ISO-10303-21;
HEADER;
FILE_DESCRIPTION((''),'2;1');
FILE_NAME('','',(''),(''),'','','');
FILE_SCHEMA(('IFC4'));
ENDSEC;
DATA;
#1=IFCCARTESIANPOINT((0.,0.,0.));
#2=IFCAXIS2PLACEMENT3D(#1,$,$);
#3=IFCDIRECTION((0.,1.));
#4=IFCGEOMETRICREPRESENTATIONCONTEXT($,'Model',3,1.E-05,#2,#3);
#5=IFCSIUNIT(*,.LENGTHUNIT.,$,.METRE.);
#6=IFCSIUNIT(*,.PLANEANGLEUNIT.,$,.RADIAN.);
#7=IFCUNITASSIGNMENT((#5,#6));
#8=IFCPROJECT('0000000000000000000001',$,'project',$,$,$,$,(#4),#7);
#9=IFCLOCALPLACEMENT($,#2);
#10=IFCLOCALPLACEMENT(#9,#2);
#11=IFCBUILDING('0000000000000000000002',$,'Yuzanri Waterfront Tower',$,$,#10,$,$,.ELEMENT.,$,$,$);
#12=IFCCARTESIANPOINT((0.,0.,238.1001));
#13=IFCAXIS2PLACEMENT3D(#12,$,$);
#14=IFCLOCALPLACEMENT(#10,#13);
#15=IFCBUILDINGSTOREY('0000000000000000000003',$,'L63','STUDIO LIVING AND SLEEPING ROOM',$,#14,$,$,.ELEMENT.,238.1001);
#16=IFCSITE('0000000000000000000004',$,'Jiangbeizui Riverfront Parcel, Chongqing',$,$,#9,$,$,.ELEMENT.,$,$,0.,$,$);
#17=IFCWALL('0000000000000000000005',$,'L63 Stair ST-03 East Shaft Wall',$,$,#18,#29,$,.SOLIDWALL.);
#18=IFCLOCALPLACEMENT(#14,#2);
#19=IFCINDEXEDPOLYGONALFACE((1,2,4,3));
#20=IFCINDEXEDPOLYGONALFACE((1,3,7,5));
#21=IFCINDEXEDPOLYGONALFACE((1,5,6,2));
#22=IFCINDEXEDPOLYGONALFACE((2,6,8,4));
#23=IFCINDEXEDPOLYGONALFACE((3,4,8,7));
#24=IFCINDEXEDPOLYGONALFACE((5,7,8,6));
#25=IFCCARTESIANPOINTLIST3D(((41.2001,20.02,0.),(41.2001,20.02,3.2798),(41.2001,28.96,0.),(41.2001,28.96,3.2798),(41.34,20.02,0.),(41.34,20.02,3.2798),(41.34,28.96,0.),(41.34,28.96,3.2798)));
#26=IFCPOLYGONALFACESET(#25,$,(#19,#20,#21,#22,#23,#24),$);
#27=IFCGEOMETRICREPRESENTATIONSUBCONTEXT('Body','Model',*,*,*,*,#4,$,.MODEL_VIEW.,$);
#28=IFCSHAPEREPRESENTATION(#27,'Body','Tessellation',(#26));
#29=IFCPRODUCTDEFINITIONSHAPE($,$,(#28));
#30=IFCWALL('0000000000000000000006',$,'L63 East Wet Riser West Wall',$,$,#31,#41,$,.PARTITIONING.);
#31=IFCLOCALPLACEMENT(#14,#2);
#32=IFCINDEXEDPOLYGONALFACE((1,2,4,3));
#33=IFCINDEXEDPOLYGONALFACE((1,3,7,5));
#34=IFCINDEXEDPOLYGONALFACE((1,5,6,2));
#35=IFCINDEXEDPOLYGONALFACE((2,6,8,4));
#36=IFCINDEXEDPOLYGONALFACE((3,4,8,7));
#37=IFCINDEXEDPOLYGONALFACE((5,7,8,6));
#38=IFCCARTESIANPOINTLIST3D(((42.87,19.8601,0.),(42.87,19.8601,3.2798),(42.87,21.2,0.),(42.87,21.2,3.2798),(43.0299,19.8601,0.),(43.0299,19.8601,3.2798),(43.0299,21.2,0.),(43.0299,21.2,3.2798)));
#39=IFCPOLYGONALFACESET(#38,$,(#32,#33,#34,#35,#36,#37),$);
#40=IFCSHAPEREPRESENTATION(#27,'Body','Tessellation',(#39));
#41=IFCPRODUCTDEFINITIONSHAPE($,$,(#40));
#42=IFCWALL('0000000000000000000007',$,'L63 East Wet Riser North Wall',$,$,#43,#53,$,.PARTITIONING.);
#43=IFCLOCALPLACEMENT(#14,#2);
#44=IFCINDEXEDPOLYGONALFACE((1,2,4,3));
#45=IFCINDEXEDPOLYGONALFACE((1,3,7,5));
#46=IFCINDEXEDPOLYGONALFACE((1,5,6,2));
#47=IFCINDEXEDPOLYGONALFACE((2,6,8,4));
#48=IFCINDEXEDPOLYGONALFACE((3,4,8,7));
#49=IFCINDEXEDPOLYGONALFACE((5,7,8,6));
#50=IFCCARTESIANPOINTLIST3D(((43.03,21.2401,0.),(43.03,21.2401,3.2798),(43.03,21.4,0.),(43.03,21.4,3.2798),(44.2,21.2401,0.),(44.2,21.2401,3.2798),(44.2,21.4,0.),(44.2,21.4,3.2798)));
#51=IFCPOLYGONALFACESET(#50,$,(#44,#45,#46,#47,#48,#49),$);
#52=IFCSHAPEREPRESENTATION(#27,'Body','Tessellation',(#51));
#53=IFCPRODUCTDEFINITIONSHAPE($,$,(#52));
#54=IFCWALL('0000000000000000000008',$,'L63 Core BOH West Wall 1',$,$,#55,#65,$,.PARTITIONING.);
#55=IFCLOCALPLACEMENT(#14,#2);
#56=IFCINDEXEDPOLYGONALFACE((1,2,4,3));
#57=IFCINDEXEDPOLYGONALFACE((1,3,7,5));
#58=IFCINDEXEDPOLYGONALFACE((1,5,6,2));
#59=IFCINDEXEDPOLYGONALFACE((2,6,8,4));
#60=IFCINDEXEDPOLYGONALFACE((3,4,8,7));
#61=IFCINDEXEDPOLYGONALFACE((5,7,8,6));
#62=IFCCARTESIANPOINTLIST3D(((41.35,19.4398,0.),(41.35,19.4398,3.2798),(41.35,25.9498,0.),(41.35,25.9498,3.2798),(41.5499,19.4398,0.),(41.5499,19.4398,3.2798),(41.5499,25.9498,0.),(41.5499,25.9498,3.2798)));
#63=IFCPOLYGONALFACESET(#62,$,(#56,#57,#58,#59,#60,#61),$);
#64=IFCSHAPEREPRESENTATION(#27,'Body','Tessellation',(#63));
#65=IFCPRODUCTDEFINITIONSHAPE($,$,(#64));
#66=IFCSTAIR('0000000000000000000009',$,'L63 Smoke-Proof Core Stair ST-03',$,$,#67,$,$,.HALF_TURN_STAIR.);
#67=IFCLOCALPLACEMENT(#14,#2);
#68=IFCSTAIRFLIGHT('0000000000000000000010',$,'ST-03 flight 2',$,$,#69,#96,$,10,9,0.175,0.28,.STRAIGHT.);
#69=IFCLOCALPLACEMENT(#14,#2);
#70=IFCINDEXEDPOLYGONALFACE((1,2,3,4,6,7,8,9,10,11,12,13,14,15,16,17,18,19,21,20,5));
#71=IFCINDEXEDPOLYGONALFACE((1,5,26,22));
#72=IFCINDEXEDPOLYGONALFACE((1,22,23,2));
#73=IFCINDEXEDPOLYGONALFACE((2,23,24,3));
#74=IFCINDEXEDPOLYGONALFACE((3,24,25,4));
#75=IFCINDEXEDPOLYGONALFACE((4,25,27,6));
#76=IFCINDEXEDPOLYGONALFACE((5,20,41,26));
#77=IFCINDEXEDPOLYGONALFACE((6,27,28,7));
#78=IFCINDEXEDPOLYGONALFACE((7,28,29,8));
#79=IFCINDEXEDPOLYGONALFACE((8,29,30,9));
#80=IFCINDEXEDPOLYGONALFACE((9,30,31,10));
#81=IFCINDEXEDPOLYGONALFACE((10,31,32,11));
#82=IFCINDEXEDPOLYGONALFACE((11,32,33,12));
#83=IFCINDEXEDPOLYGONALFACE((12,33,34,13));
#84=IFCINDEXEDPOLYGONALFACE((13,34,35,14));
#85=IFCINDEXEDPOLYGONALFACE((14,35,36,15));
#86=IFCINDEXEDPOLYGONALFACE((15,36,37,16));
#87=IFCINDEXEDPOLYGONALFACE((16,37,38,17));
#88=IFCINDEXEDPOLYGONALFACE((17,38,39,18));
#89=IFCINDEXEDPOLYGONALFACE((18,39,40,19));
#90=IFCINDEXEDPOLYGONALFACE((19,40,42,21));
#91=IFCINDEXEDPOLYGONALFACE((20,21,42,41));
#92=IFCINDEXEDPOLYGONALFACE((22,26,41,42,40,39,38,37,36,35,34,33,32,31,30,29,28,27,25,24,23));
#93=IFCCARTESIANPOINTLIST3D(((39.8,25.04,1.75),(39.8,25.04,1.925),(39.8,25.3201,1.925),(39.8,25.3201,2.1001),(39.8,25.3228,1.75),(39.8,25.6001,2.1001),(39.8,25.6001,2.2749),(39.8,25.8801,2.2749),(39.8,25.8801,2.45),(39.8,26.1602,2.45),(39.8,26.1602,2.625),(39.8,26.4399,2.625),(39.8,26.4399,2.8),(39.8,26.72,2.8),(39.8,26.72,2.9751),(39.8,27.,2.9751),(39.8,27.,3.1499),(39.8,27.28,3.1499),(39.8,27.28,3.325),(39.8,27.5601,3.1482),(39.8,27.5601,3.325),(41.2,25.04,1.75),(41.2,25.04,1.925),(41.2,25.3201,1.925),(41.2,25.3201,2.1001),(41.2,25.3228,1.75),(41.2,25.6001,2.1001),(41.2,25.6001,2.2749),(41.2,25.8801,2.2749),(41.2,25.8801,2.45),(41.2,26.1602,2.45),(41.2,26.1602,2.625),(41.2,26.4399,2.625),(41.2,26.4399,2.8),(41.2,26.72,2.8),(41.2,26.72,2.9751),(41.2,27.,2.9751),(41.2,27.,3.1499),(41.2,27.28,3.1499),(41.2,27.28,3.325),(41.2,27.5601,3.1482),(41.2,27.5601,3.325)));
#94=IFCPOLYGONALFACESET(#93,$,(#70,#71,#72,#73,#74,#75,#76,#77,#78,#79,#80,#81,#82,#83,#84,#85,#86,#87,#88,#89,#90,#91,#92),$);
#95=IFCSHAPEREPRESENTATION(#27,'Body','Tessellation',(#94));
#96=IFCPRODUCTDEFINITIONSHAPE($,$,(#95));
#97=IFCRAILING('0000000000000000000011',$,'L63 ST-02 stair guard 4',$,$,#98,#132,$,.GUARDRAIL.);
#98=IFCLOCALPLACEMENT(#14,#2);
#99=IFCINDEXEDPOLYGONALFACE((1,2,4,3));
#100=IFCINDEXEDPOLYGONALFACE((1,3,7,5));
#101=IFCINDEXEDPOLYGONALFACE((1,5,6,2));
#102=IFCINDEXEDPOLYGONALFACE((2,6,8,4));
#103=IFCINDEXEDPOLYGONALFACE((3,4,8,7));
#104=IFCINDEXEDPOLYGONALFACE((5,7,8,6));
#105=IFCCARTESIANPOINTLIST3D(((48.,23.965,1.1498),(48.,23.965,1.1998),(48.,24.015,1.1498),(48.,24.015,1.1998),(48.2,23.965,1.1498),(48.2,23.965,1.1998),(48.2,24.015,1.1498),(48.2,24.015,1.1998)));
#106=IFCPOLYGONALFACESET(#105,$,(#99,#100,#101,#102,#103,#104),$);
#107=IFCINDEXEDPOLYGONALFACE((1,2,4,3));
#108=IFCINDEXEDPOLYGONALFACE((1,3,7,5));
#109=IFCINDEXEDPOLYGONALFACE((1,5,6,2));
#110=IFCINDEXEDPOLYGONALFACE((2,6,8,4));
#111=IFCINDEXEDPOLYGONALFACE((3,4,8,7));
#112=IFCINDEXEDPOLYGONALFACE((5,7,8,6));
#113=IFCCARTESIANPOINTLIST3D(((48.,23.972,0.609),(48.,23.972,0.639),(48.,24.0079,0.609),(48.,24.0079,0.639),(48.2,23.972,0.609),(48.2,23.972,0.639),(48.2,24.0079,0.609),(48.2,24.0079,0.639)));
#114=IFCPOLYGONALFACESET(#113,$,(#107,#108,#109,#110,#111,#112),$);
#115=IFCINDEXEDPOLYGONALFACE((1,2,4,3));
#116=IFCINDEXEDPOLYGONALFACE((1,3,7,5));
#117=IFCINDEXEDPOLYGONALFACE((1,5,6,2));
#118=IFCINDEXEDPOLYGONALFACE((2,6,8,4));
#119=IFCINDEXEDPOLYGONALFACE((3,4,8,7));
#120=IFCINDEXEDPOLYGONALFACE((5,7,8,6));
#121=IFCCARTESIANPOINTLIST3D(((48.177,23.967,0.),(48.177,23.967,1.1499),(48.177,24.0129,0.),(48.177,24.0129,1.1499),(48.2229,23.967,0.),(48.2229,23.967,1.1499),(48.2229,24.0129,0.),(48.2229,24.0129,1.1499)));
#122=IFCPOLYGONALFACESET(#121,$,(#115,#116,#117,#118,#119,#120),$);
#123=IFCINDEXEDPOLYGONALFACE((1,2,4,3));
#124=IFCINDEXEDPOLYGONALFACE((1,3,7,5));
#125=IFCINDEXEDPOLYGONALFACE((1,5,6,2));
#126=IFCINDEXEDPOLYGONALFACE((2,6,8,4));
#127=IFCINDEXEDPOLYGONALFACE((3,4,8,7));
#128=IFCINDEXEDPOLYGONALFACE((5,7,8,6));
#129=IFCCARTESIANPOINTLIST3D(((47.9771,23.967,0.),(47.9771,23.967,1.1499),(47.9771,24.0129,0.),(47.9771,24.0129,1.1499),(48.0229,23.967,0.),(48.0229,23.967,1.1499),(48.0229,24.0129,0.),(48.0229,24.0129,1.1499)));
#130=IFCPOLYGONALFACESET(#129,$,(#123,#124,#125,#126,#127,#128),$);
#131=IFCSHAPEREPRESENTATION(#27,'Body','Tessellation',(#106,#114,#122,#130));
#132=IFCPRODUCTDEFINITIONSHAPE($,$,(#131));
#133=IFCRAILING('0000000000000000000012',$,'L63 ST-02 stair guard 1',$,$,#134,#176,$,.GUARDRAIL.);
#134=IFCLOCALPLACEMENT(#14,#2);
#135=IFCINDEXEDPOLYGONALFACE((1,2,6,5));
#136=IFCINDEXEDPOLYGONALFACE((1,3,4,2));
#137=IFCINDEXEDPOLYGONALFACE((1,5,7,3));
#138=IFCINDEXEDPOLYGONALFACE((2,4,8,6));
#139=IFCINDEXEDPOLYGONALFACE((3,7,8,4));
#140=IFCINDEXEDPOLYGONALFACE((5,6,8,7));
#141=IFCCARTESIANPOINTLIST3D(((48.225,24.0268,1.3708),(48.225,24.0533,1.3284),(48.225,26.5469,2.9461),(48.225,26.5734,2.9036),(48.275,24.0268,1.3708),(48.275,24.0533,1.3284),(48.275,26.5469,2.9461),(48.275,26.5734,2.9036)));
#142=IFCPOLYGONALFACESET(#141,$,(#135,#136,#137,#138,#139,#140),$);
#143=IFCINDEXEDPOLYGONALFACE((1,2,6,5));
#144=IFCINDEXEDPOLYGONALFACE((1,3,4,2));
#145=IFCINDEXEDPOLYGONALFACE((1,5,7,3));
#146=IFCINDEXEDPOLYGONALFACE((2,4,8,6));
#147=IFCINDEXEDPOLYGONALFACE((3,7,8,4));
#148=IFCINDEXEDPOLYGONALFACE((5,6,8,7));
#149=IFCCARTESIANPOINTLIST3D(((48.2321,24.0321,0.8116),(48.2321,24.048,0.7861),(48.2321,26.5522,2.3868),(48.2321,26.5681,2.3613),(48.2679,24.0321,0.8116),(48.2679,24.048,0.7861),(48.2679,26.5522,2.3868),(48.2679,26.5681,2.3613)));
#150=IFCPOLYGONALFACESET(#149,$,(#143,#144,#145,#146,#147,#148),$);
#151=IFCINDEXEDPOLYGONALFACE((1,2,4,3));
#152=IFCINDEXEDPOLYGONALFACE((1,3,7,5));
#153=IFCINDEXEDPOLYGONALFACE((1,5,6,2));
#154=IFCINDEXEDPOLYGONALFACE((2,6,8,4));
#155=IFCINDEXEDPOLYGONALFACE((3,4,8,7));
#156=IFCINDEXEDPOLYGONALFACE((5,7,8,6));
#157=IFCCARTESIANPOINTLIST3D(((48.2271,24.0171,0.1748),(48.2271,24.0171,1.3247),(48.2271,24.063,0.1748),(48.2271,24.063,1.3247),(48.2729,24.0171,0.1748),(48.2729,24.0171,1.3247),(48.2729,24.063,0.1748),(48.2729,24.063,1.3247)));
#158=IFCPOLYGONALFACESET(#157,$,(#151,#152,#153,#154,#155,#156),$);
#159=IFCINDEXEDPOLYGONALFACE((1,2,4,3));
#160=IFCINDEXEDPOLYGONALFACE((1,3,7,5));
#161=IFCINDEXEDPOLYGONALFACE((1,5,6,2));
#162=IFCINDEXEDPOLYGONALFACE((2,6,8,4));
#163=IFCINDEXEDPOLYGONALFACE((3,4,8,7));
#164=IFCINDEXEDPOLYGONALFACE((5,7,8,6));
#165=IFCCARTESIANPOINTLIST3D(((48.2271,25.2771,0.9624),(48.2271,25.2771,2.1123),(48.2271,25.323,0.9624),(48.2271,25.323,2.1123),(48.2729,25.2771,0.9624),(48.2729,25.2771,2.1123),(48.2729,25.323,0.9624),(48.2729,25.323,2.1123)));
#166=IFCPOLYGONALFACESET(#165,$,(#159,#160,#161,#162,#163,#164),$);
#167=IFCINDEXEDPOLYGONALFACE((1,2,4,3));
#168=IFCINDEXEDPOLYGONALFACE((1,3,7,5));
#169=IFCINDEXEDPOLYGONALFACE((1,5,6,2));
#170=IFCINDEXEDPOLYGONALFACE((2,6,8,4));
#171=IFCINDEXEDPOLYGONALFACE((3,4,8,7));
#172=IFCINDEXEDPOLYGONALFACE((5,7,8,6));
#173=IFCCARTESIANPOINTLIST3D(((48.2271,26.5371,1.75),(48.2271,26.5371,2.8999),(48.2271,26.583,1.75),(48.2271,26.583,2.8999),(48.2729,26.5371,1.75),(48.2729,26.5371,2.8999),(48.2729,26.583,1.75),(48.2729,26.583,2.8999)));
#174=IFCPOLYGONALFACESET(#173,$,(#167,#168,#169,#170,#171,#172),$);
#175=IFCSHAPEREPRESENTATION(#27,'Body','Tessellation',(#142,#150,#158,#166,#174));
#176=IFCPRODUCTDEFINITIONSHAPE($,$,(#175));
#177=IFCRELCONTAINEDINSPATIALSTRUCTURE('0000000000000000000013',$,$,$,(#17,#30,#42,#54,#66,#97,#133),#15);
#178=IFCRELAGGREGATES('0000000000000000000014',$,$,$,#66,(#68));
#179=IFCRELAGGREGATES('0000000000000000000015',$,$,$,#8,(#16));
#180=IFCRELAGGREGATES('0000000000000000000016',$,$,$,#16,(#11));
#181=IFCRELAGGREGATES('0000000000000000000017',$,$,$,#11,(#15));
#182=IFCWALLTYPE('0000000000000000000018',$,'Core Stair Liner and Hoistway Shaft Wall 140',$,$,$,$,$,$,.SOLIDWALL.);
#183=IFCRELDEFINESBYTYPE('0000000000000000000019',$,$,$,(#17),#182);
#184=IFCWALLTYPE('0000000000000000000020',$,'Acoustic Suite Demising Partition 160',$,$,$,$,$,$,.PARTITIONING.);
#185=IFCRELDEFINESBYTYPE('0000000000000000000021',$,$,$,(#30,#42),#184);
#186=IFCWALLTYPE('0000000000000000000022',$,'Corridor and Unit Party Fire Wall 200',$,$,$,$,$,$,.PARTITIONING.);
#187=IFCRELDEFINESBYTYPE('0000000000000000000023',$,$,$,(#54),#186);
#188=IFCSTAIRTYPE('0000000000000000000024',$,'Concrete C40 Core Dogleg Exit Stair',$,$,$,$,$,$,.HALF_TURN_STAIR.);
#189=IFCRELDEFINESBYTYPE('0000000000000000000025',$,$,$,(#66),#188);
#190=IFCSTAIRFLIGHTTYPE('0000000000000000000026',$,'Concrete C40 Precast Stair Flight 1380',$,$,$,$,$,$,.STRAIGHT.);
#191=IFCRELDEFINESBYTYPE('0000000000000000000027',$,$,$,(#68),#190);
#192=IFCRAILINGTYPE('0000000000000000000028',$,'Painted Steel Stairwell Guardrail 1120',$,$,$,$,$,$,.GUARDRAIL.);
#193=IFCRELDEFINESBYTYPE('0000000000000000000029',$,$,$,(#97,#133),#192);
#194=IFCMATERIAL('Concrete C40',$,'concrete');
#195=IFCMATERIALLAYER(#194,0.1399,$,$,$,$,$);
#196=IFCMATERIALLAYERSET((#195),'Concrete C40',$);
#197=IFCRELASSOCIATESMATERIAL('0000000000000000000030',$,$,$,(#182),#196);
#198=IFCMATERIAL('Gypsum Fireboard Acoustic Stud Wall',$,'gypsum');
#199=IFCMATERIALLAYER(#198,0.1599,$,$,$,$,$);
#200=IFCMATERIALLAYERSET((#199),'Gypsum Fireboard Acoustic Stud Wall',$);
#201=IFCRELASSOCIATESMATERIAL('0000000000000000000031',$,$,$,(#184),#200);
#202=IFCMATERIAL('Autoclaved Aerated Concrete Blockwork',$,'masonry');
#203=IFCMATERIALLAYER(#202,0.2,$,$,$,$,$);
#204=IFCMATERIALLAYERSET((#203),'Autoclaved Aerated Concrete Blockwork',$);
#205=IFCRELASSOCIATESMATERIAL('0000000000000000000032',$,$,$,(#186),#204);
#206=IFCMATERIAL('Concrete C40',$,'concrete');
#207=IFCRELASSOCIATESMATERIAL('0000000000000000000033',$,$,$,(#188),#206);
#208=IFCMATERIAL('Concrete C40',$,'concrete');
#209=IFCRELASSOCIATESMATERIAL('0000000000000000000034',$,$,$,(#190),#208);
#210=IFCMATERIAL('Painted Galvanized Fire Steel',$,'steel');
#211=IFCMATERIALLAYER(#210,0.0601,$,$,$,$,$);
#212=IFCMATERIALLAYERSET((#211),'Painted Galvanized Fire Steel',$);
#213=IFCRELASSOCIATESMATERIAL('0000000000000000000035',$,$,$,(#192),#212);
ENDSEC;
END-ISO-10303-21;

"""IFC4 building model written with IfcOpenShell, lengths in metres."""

from ifc_helpers import new_model, si_unit, direction, frame, frame_2d, origin, origin_2d, place, context, subcontext, project, spatial, polyline, rectangle, outline, extrude, source, transform, mapped, material, layer, layer_set, type_object, element, aggregate, save


model = new_model("IFC4")

# Units and contexts
model_context = context("Model", 3, precision=1e-05, world=origin(), true_north=direction((0.0, 1.0)))
body_context = subcontext(model_context, "Body", "Model", "MODEL_VIEW")
ifc_project = project(units=[si_unit("LENGTHUNIT", "METRE"), si_unit("PLANEANGLEUNIT", "RADIAN")], contexts=[model_context])

# Site, building, storey
site_placement = place(None, origin())
site = spatial("IfcSite", under=ifc_project, at=site_placement, Name="Jiangbeizui Riverfront Parcel, Chongqing", CompositionType="ELEMENT", RefElevation=0.0)
building_placement = place(site_placement, origin())
building = spatial("IfcBuilding", under=site, at=building_placement, Name="Yuzanri Waterfront Tower", CompositionType="ELEMENT")
storey_placement = place(building_placement, frame((0.0, 0.0, 238.1001)))
storey = spatial("IfcBuildingStorey", under=building, at=storey_placement, Name="L63", Description="STUDIO LIVING AND SLEEPING ROOM", CompositionType="ELEMENT", Elevation=238.1001)

# Shared definitions
ifc_material_1 = material(Name="Concrete C40", Category="concrete")
ifc_layer_1 = layer(ifc_material_1, 0.1399)
ifc_layer_set_1 = layer_set([ifc_layer_1], Name="Concrete C40")
wall_type_1 = type_object("IfcWallType", Name="Core Stair Liner and Hoistway Shaft Wall 140", PredefinedType="SOLIDWALL", material=ifc_layer_set_1)

# Walls
shared_shape_1 = source(origin(), body_context, "Body", "SweptSolid", [
    extrude(rectangle(XDim=8.9399, YDim=0.1399, at=frame_2d((4.47, 0.0))), origin(), (0.0, 0.0, 1.0), 3.2798),
])
wall_1_placement = place(storey_placement, frame((41.27, 20.02, 0.0), z_axis=(0.0, 0.0, 1.0), x_axis=(0.0, 1.0, 0.0)))
element("IfcWall", 1, at=wall_1_placement, inside=storey, type_object=wall_type_1, Name="L63 Stair ST-03 East Shaft Wall", PredefinedType="SOLIDWALL", context=body_context, shape_type="MappedRepresentation", body=[
    mapped(shared_shape_1, transform((0.0, 0.0, 0.0), scale=1.0)),
])
ifc_material_2 = material(Name="Gypsum Fireboard Acoustic Stud Wall", Category="gypsum")
ifc_layer_2 = layer(ifc_material_2, 0.1599)
ifc_layer_set_2 = layer_set([ifc_layer_2], Name="Gypsum Fireboard Acoustic Stud Wall")
wall_type_2 = type_object("IfcWallType", Name="Acoustic Suite Demising Partition 160", PredefinedType="PARTITIONING", material=ifc_layer_set_2)
shared_shape_2 = source(origin(), body_context, "Body", "SweptSolid", [
    extrude(rectangle(XDim=1.3398, YDim=0.1599, at=frame_2d((0.6699, 0.0))), origin(), (0.0, 0.0, 1.0), 3.2798),
])
wall_2_placement = place(storey_placement, frame((42.95, 19.8601, 0.0), z_axis=(0.0, 0.0, 1.0), x_axis=(0.0, 1.0, 0.0)))
element("IfcWall", 2, at=wall_2_placement, inside=storey, type_object=wall_type_2, Name="L63 East Wet Riser West Wall", PredefinedType="PARTITIONING", context=body_context, shape_type="MappedRepresentation", body=[
    mapped(shared_shape_2, transform((0.0, 0.0, 0.0), scale=1.0)),
])
shared_shape_3 = source(origin(), body_context, "Body", "SweptSolid", [
    extrude(rectangle(XDim=1.1699, YDim=0.1599, at=frame_2d((0.585, 0.0))), origin(), (0.0, 0.0, 1.0), 3.2798),
])
wall_3_placement = place(storey_placement, frame((43.03, 21.3201, 0.0), z_axis=(0.0, 0.0, 1.0), x_axis=(1.0, 0.0, 0.0)))
element("IfcWall", 3, at=wall_3_placement, inside=storey, type_object=wall_type_2, Name="L63 East Wet Riser North Wall", PredefinedType="PARTITIONING", context=body_context, shape_type="MappedRepresentation", body=[
    mapped(shared_shape_3, transform((0.0, 0.0, 0.0), scale=1.0)),
])
ifc_material_3 = material(Name="Autoclaved Aerated Concrete Blockwork", Category="masonry")
ifc_layer_3 = layer(ifc_material_3, 0.2)
ifc_layer_set_3 = layer_set([ifc_layer_3], Name="Autoclaved Aerated Concrete Blockwork")
wall_type_3 = type_object("IfcWallType", Name="Corridor and Unit Party Fire Wall 200", PredefinedType="PARTITIONING", material=ifc_layer_set_3)
shared_shape_4 = source(origin(), body_context, "Body", "SweptSolid", [
    extrude(rectangle(XDim=6.51, YDim=0.2, at=frame_2d((3.2549, 0.0))), origin(), (0.0, 0.0, 1.0), 3.2798),
])
wall_4_placement = place(storey_placement, frame((41.45, 19.4399, 0.0), z_axis=(0.0, 0.0, 1.0), x_axis=(0.0, 1.0, 0.0)))
element("IfcWall", 4, at=wall_4_placement, inside=storey, type_object=wall_type_3, Name="L63 Core BOH West Wall 1", PredefinedType="PARTITIONING", context=body_context, shape_type="MappedRepresentation", body=[
    mapped(shared_shape_4, transform((0.0, 0.0, 0.0), scale=1.0)),
])

# Stair, stair flight
ifc_material_4 = material(Name="Concrete C40", Category="concrete")
stair_type = type_object("IfcStairType", Name="Concrete C40 Core Dogleg Exit Stair", PredefinedType="HALF_TURN_STAIR", material=ifc_material_4)
stair_placement = place(storey_placement, origin())
stair = element("IfcStair", 5, at=stair_placement, inside=storey, type_object=stair_type, Name="L63 Smoke-Proof Core Stair ST-03", PredefinedType="HALF_TURN_STAIR")
ifc_material_5 = material(Name="Concrete C40", Category="concrete")
stair_flight_type = type_object("IfcStairFlightType", Name="Concrete C40 Precast Stair Flight 1380", PredefinedType="STRAIGHT", material=ifc_material_5)
shared_shape_5 = source(origin(), body_context, "Body", "SweptSolid", [
    extrude(outline(polyline([(0.0, 0.0), (0.0, 0.175), (0.28, 0.175), (0.28, 0.3501), (0.5601, 0.3501), (0.5601, 0.5249), (0.8401, 0.5249), (0.8401, 0.7), (1.1201, 0.7), (1.1201, 0.875), (1.3999, 0.875), (1.3999, 1.05), (1.6799, 1.05), (1.6799, 1.2251), (1.96, 1.2251), (1.96, 1.3999), (2.24, 1.3999), (2.24, 1.575), (2.52, 1.575), (2.52, 1.75), (2.52, 1.3982), (0.2827, 0.0), (0.0, 0.0)])), frame((0.0, 0.7, 0.0), z_axis=(0.0, -1.0, 0.0), x_axis=(1.0, 0.0, 0.0)), (0.0, 0.0, 1.0), 1.3999),
])
stair_flight_placement = place(storey_placement, frame((40.5, 25.04, 1.75), z_axis=(0.0, 0.0, 1.0), x_axis=(0.0, 1.0, 0.0)))
stair_flight = element("IfcStairFlight", 6, at=stair_flight_placement, type_object=stair_flight_type, Name="ST-03 flight 2", NumberOfRisers=10, NumberOfTreads=9, PredefinedType="STRAIGHT", RiserHeight=0.175, TreadLength=0.28, context=body_context, shape_type="MappedRepresentation", body=[
    mapped(shared_shape_5, transform((0.0, 0.0, 0.0), scale=1.0)),
])
aggregate(stair, [stair_flight])

# Railings
ifc_material_6 = material(Name="Painted Galvanized Fire Steel", Category="steel")
ifc_layer_4 = layer(ifc_material_6, 0.0601)
ifc_layer_set_4 = layer_set([ifc_layer_4], Name="Painted Galvanized Fire Steel")
railing_type_1 = type_object("IfcRailingType", Name="Painted Steel Stairwell Guardrail 1120", PredefinedType="GUARDRAIL", material=ifc_layer_set_4)
shared_shape_6 = source(origin(), body_context, "Body", "SweptSolid", [
    extrude(rectangle(XDim=0.05, YDim=0.05, at=origin_2d()), frame((0.0, 0.0, 1.1748), z_axis=(-1.0, 0.0, 0.0), x_axis=(0.0, -1.0, 0.0)), (0.0, 0.0, 1.0), 0.2),
    extrude(rectangle(XDim=0.0359, YDim=0.03, at=origin_2d()), frame((0.0, 0.0, 0.624), z_axis=(-1.0, 0.0, 0.0), x_axis=(0.0, -1.0, 0.0)), (0.0, 0.0, 1.0), 0.2),
    extrude(rectangle(XDim=0.0459, YDim=0.0459, at=origin_2d()), origin(), (0.0, 0.0, 1.0), 1.1499),
    extrude(rectangle(XDim=0.0459, YDim=0.0459, at=origin_2d()), frame((-0.2, 0.0, 0.0)), (0.0, 0.0, 1.0), 1.1499),
])
railing_1_placement = place(storey_placement, frame((48.2, 23.99, 0.0)))
element("IfcRailing", 7, at=railing_1_placement, inside=storey, type_object=railing_type_1, Name="L63 ST-02 stair guard 4", PredefinedType="GUARDRAIL", context=body_context, shape_type="MappedRepresentation", body=[
    mapped(shared_shape_6, transform((0.0, 0.0, 0.0), scale=1.0)),
])
shared_shape_7 = source(origin(), body_context, "Body", "SweptSolid", [
    extrude(rectangle(XDim=0.05, YDim=0.05, at=origin_2d()), frame((0.0, 0.0, 1.1748), z_axis=(0.0, 0.847971, 0.530043), x_axis=(-1.0, 0.0, 0.0)), (0.0, 0.0, 1.0), 2.9719),
    extrude(rectangle(XDim=0.0359, YDim=0.03, at=origin_2d()), frame((0.0, 0.0, 0.624), z_axis=(0.0, 0.847971, 0.530043), x_axis=(-1.0, 0.0, 0.0)), (0.0, 0.0, 1.0), 2.9719),
    extrude(rectangle(XDim=0.0459, YDim=0.0459, at=origin_2d()), origin(), (0.0, 0.0, 1.0), 1.1499),
    extrude(rectangle(XDim=0.0459, YDim=0.0459, at=origin_2d()), frame((0.0, 1.26, 0.7876)), (0.0, 0.0, 1.0), 1.1499),
    extrude(rectangle(XDim=0.0459, YDim=0.0459, at=origin_2d()), frame((0.0, 2.52, 1.5752)), (0.0, 0.0, 1.0), 1.1499),
])
for number, where, name in (
    (8, (48.25, 24.04, 0.1748), "L63 ST-02 stair guard 1"),
):
    element("IfcRailing", number, at=place(storey_placement, frame(where)), inside=storey, type_object=railing_type_1, Name=name, PredefinedType="GUARDRAIL", context=body_context, shape_type="MappedRepresentation", body=[
        mapped(shared_shape_7, transform((0.0, 0.0, 0.0), scale=1.0)),
    ])

save(model, "model.ifc")
